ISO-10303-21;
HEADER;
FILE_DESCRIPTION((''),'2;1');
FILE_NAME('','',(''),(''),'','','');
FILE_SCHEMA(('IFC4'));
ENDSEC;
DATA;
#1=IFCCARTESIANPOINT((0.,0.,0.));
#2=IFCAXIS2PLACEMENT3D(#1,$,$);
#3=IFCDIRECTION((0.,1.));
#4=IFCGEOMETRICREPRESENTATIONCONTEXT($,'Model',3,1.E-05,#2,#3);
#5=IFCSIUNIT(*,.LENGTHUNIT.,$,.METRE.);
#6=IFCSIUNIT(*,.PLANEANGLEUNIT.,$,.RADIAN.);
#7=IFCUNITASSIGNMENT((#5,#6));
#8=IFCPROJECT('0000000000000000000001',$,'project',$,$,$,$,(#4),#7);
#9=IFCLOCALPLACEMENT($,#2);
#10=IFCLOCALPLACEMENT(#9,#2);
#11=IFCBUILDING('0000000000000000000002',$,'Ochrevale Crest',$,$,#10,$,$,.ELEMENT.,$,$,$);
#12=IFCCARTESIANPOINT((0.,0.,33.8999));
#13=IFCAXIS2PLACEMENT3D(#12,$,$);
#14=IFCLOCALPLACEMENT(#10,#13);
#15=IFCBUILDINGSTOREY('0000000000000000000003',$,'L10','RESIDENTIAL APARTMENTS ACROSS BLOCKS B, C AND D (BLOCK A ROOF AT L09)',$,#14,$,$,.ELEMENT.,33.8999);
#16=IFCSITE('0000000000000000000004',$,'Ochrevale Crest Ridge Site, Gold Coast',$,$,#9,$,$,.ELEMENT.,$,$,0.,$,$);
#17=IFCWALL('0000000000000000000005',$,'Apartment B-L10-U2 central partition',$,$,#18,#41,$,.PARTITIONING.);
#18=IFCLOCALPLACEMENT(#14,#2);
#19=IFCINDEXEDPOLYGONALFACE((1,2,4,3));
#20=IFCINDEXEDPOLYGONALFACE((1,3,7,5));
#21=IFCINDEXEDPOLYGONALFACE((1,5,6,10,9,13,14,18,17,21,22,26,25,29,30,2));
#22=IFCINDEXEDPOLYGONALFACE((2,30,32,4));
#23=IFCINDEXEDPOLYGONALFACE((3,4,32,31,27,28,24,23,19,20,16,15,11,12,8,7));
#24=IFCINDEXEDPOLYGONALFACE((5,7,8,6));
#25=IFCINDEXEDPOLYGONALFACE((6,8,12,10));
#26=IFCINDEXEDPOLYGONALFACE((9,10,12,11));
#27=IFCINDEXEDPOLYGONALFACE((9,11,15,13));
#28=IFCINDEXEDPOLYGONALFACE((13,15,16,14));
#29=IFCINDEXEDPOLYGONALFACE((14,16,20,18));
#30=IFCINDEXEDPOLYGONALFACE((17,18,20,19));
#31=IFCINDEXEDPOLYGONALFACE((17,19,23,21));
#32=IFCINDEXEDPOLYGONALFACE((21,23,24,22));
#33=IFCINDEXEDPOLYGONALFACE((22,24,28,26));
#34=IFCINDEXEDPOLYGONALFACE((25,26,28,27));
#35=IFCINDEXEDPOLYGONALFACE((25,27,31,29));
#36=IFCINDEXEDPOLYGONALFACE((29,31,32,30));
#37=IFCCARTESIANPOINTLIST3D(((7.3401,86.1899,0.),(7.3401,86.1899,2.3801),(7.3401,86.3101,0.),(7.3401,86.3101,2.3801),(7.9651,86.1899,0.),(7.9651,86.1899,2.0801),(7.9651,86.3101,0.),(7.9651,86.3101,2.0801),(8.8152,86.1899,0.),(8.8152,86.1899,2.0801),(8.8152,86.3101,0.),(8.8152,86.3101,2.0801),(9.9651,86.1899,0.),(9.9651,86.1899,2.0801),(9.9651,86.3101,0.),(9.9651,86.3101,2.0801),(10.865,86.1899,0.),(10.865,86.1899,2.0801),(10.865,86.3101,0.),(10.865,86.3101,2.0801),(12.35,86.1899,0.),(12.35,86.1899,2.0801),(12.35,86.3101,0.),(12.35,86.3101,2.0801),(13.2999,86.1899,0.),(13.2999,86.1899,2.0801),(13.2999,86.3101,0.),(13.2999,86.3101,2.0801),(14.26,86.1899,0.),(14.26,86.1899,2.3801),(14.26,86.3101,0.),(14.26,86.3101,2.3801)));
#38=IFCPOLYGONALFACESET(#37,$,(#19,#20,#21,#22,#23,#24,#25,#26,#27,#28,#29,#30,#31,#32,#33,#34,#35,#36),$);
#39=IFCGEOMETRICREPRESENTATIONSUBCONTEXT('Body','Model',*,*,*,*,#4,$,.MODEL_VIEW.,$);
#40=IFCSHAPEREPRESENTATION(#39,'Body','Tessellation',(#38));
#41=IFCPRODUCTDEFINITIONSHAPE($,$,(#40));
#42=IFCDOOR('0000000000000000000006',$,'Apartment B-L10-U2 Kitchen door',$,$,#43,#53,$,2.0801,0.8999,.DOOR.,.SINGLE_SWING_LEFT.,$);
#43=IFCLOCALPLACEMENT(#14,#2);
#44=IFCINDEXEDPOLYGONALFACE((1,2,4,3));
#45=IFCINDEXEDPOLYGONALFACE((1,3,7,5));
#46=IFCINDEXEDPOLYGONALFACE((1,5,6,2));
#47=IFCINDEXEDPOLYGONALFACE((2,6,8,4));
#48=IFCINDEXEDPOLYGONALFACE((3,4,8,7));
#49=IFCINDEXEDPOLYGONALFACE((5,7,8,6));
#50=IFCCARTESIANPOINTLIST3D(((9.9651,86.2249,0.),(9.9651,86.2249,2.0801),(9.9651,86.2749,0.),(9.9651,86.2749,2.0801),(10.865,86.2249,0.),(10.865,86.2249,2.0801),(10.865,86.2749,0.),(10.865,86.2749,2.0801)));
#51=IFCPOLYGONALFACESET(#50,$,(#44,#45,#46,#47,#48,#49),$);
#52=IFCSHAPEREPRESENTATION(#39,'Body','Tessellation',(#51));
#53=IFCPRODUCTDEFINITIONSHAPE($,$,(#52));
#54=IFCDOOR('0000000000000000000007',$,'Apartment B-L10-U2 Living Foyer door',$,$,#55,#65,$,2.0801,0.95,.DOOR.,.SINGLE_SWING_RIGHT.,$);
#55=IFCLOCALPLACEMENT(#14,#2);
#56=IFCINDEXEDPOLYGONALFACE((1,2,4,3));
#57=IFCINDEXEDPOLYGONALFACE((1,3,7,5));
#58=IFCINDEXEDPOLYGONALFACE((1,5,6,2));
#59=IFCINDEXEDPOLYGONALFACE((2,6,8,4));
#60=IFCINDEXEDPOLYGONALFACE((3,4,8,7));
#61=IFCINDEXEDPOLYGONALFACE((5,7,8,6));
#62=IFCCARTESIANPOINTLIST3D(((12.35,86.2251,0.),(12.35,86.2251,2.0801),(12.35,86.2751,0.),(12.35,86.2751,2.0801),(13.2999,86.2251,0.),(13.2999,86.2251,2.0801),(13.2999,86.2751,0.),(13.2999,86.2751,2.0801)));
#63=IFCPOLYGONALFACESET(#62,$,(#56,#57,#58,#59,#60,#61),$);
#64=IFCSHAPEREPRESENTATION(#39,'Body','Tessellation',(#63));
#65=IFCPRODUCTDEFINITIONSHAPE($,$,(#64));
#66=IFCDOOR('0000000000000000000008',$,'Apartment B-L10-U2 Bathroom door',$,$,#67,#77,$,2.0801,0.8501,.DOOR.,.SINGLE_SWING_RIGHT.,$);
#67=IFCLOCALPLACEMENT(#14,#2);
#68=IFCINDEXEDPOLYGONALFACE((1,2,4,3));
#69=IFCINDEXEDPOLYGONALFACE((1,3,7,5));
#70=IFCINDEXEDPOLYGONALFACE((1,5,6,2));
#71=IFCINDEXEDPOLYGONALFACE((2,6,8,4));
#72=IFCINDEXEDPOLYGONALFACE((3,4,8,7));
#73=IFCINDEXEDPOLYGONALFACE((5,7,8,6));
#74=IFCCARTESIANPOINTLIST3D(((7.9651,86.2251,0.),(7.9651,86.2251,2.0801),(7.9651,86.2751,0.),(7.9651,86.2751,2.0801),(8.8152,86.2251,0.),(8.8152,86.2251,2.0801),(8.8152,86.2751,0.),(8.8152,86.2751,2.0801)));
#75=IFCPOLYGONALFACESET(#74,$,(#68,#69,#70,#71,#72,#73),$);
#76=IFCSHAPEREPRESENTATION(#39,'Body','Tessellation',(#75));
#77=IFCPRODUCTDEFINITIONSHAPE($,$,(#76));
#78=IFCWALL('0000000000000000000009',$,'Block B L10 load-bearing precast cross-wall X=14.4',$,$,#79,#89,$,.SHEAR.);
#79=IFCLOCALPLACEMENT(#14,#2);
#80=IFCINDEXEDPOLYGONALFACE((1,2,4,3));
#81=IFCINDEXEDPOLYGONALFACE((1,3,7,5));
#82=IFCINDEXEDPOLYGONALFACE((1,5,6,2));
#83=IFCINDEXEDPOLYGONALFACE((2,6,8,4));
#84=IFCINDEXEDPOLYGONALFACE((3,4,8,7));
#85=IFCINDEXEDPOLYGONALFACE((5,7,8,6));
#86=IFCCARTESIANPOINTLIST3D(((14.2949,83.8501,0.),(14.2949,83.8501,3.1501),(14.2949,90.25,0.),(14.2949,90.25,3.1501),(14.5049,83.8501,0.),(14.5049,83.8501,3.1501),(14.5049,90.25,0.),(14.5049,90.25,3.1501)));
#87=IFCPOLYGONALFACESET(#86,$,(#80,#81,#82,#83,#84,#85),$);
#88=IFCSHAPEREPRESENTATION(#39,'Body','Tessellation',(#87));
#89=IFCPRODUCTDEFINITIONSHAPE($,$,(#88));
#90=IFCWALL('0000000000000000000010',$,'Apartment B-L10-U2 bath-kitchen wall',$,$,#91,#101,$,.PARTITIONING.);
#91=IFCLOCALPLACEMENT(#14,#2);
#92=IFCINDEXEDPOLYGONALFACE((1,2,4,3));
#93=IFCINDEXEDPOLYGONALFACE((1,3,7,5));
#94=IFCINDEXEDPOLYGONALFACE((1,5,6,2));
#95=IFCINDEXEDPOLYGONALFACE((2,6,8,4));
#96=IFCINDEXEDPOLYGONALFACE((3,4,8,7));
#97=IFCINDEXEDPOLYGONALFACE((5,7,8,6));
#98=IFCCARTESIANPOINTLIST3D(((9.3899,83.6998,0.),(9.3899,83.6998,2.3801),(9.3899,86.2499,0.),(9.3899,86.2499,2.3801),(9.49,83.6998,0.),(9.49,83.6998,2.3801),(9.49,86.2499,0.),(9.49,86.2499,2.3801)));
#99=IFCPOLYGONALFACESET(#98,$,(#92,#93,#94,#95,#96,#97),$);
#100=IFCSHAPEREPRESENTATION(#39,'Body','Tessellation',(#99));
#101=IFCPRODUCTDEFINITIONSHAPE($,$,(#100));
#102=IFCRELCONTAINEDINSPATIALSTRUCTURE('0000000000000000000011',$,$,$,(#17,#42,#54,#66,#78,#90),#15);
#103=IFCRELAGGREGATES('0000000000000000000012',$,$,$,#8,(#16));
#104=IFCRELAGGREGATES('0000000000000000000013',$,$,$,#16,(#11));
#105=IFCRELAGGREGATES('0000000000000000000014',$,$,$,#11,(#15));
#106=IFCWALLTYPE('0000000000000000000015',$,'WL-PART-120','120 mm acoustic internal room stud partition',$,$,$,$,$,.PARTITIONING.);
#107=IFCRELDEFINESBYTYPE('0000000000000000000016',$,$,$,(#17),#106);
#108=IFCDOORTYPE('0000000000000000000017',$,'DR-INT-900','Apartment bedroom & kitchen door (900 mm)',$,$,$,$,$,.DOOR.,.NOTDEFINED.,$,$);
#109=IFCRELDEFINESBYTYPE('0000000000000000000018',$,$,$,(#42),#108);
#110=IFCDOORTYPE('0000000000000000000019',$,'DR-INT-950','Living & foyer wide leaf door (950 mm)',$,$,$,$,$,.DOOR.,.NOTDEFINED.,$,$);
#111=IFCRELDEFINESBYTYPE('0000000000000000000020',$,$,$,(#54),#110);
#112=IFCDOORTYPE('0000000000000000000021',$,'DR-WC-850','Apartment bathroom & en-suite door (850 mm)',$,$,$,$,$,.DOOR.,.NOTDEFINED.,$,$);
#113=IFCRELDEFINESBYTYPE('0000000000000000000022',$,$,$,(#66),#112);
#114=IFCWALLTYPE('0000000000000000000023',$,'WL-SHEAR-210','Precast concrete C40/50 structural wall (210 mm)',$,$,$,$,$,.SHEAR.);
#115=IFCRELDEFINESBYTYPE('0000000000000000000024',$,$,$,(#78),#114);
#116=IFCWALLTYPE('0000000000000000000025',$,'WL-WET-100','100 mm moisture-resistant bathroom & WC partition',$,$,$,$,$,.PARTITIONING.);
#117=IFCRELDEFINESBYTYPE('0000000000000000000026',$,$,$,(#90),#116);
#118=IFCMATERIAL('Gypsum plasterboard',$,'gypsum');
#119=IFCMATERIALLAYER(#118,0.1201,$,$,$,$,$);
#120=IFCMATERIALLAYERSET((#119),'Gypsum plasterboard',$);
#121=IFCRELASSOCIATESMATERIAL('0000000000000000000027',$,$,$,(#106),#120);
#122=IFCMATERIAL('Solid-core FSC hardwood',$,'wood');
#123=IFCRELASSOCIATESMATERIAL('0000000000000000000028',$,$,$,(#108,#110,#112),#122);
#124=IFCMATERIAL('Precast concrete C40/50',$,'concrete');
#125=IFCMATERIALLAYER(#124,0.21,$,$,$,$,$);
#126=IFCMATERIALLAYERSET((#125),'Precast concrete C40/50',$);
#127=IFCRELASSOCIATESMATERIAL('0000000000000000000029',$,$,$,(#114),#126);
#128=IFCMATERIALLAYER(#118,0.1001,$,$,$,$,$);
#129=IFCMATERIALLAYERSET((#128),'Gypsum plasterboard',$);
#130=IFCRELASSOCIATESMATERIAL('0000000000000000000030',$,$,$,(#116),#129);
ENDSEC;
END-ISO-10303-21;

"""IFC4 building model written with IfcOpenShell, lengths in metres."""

from ifc_helpers import new_model, si_unit, direction, frame, frame_2d, origin, place, context, subcontext, project, spatial, rectangle, extrude, material, layer, layer_set, type_object, element, fill, save


model = new_model("IFC4")

# Units and contexts
model_context = context("Model", 3, precision=1e-05, world=origin(), true_north=direction((0.0, 1.0)))
body_context = subcontext(model_context, "Body", "Model", "MODEL_VIEW")
ifc_project = project(units=[si_unit("LENGTHUNIT", "METRE"), si_unit("PLANEANGLEUNIT", "RADIAN")], contexts=[model_context])

# Site, building, storey
site_placement = place(None, origin())
site = spatial("IfcSite", under=ifc_project, at=site_placement, Name="Ochrevale Crest Ridge Site, Gold Coast", CompositionType="ELEMENT", RefElevation=0.0)
building_placement = place(site_placement, origin())
building = spatial("IfcBuilding", under=site, at=building_placement, Name="Ochrevale Crest", CompositionType="ELEMENT")
storey_placement = place(building_placement, frame((0.0, 0.0, 33.8999)))
storey = spatial("IfcBuildingStorey", under=building, at=storey_placement, Name="L10", Description="RESIDENTIAL APARTMENTS ACROSS BLOCKS B, C AND D (BLOCK A ROOF AT L09)", CompositionType="ELEMENT", Elevation=33.8999)

# Shared definitions
ifc_material_1 = material(Name="Gypsum plasterboard", Category="gypsum")
ifc_material_2 = material(Name="Solid-core FSC hardwood", Category="wood")

# Shared definitions
ifc_layer_1 = layer(ifc_material_1, 0.1201)
ifc_layer_set_1 = layer_set([ifc_layer_1], Name="Gypsum plasterboard")
wall_type_1 = type_object("IfcWallType", Name="WL-PART-120", Description="120 mm acoustic internal room stud partition", PredefinedType="PARTITIONING", material=ifc_layer_set_1)

# Wall, openings, doors
wall_1_placement = place(storey_placement, frame((7.3401, 86.25, 0.0), z_axis=(0.0, 0.0, 1.0), x_axis=(1.0, 0.0, 0.0)))
wall_1 = element("IfcWall", 1, at=wall_1_placement, inside=storey, type_object=wall_type_1, Name="Apartment B-L10-U2 central partition", PredefinedType="PARTITIONING", context=body_context, shape_type="SweptSolid", body=[
    extrude(rectangle(XDim=6.9199, YDim=0.1201, at=frame_2d((3.46, 0.0))), origin(), (0.0, 0.0, 1.0), 2.3801),
])
opening_1_placement = place(wall_1_placement, frame((1.4751, 0.0, 0.0), z_axis=(0.0, 0.0, 1.0), x_axis=(-1.0, 0.0, 0.0)))
opening_1 = element("IfcOpeningElement", 2, at=opening_1_placement, cuts=wall_1, PredefinedType="OPENING", context=body_context, shape_type="SweptSolid", body=[
    extrude(rectangle(XDim=0.8501, YDim=2.0801, at=frame_2d((0.425, 1.04))), frame((0.0, 0.0701, 0.0), z_axis=(0.0, -1.0, 0.0), x_axis=(1.0, 0.0, 0.0)), (0.0, 0.0, 1.0), 0.1401),
])
opening_2_placement = place(wall_1_placement, frame((2.625, 0.0, 0.0)))
opening_2 = element("IfcOpeningElement", 3, at=opening_2_placement, cuts=wall_1, PredefinedType="OPENING", context=body_context, shape_type="SweptSolid", body=[
    extrude(rectangle(XDim=0.8999, YDim=2.0801, at=frame_2d((0.45, 1.04))), frame((0.0, 0.0701, 0.0), z_axis=(0.0, -1.0, 0.0), x_axis=(1.0, 0.0, 0.0)), (0.0, 0.0, 1.0), 0.1401),
])
opening_3_placement = place(wall_1_placement, frame((5.96, 0.0, 0.0), z_axis=(0.0, 0.0, 1.0), x_axis=(-1.0, 0.0, 0.0)))
opening_3 = element("IfcOpeningElement", 4, at=opening_3_placement, cuts=wall_1, PredefinedType="OPENING", context=body_context, shape_type="SweptSolid", body=[
    extrude(rectangle(XDim=0.95, YDim=2.0801, at=frame_2d((0.4751, 1.04))), frame((0.0, 0.0701, 0.0), z_axis=(0.0, -1.0, 0.0), x_axis=(1.0, 0.0, 0.0)), (0.0, 0.0, 1.0), 0.1401),
])
door_type_1 = type_object("IfcDoorType", Name="DR-INT-900", Description="Apartment bedroom & kitchen door (900 mm)", OperationType="NOTDEFINED", PredefinedType="DOOR", material=ifc_material_2)
door_1_placement = place(opening_2_placement, origin())
door_1 = element("IfcDoor", 5, at=door_1_placement, inside=storey, type_object=door_type_1, Name="Apartment B-L10-U2 Kitchen door", OperationType="SINGLE_SWING_LEFT", OverallHeight=2.0801, OverallWidth=0.8999, PredefinedType="DOOR", context=body_context, shape_type="SweptSolid", body=[
    extrude(rectangle(XDim=0.8999, YDim=2.0801, at=frame_2d((0.45, 1.04))), frame((0.0, 0.0249, 0.0), z_axis=(0.0, -1.0, 0.0), x_axis=(1.0, 0.0, 0.0)), (0.0, 0.0, 1.0), 0.05),
])
fill(opening_2, door_1)
door_type_2 = type_object("IfcDoorType", Name="DR-INT-950", Description="Living & foyer wide leaf door (950 mm)", OperationType="NOTDEFINED", PredefinedType="DOOR", material=ifc_material_2)
door_2_placement = place(opening_3_placement, origin())
door_2 = element("IfcDoor", 6, at=door_2_placement, inside=storey, type_object=door_type_2, Name="Apartment B-L10-U2 Living Foyer door", OperationType="SINGLE_SWING_RIGHT", OverallHeight=2.0801, OverallWidth=0.95, PredefinedType="DOOR", context=body_context, shape_type="SweptSolid", body=[
    extrude(rectangle(XDim=0.95, YDim=2.0801, at=frame_2d((0.4751, 1.04))), frame((0.0, 0.0249, 0.0), z_axis=(0.0, -1.0, 0.0), x_axis=(1.0, 0.0, 0.0)), (0.0, 0.0, 1.0), 0.05),
])
fill(opening_3, door_2)
door_type_3 = type_object("IfcDoorType", Name="DR-WC-850", Description="Apartment bathroom & en-suite door (850 mm)", OperationType="NOTDEFINED", PredefinedType="DOOR", material=ifc_material_2)
door_3_placement = place(opening_1_placement, origin())
door_3 = element("IfcDoor", 7, at=door_3_placement, inside=storey, type_object=door_type_3, Name="Apartment B-L10-U2 Bathroom door", OperationType="SINGLE_SWING_RIGHT", OverallHeight=2.0801, OverallWidth=0.8501, PredefinedType="DOOR", context=body_context, shape_type="SweptSolid", body=[
    extrude(rectangle(XDim=0.8501, YDim=2.0801, at=frame_2d((0.425, 1.04))), frame((0.0, 0.0249, 0.0), z_axis=(0.0, -1.0, 0.0), x_axis=(1.0, 0.0, 0.0)), (0.0, 0.0, 1.0), 0.05),
])
fill(opening_1, door_3)

# Walls
ifc_material_3 = material(Name="Precast concrete C40/50", Category="concrete")
ifc_layer_2 = layer(ifc_material_3, 0.21)
ifc_layer_set_2 = layer_set([ifc_layer_2], Name="Precast concrete C40/50")
wall_type_2 = type_object("IfcWallType", Name="WL-SHEAR-210", Description="Precast concrete C40/50 structural wall (210 mm)", PredefinedType="SHEAR", material=ifc_layer_set_2)
wall_2_placement = place(storey_placement, frame((14.3999, 83.8501, 0.0), z_axis=(0.0, 0.0, 1.0), x_axis=(0.0, 1.0, 0.0)))
element("IfcWall", 8, at=wall_2_placement, inside=storey, type_object=wall_type_2, Name="Block B L10 load-bearing precast cross-wall X=14.4", PredefinedType="SHEAR", context=body_context, shape_type="SweptSolid", body=[
    extrude(rectangle(XDim=6.3999, YDim=0.21, at=frame_2d((3.2, 0.0))), origin(), (0.0, 0.0, 1.0), 3.1501),
])
ifc_layer_3 = layer(ifc_material_1, 0.1001)
ifc_layer_set_3 = layer_set([ifc_layer_3], Name="Gypsum plasterboard")
wall_type_3 = type_object("IfcWallType", Name="WL-WET-100", Description="100 mm moisture-resistant bathroom & WC partition", PredefinedType="PARTITIONING", material=ifc_layer_set_3)
wall_3_placement = place(storey_placement, frame((9.4399, 83.7, 0.0), z_axis=(0.0, 0.0, 1.0), x_axis=(0.0, 1.0, 0.0)))
element("IfcWall", 9, at=wall_3_placement, inside=storey, type_object=wall_type_3, Name="Apartment B-L10-U2 bath-kitchen wall", PredefinedType="PARTITIONING", context=body_context, shape_type="SweptSolid", body=[
    extrude(rectangle(XDim=2.55, YDim=0.1001, at=frame_2d((1.2749, 0.0))), origin(), (0.0, 0.0, 1.0), 2.3801),
])

save(model, "model.ifc")
